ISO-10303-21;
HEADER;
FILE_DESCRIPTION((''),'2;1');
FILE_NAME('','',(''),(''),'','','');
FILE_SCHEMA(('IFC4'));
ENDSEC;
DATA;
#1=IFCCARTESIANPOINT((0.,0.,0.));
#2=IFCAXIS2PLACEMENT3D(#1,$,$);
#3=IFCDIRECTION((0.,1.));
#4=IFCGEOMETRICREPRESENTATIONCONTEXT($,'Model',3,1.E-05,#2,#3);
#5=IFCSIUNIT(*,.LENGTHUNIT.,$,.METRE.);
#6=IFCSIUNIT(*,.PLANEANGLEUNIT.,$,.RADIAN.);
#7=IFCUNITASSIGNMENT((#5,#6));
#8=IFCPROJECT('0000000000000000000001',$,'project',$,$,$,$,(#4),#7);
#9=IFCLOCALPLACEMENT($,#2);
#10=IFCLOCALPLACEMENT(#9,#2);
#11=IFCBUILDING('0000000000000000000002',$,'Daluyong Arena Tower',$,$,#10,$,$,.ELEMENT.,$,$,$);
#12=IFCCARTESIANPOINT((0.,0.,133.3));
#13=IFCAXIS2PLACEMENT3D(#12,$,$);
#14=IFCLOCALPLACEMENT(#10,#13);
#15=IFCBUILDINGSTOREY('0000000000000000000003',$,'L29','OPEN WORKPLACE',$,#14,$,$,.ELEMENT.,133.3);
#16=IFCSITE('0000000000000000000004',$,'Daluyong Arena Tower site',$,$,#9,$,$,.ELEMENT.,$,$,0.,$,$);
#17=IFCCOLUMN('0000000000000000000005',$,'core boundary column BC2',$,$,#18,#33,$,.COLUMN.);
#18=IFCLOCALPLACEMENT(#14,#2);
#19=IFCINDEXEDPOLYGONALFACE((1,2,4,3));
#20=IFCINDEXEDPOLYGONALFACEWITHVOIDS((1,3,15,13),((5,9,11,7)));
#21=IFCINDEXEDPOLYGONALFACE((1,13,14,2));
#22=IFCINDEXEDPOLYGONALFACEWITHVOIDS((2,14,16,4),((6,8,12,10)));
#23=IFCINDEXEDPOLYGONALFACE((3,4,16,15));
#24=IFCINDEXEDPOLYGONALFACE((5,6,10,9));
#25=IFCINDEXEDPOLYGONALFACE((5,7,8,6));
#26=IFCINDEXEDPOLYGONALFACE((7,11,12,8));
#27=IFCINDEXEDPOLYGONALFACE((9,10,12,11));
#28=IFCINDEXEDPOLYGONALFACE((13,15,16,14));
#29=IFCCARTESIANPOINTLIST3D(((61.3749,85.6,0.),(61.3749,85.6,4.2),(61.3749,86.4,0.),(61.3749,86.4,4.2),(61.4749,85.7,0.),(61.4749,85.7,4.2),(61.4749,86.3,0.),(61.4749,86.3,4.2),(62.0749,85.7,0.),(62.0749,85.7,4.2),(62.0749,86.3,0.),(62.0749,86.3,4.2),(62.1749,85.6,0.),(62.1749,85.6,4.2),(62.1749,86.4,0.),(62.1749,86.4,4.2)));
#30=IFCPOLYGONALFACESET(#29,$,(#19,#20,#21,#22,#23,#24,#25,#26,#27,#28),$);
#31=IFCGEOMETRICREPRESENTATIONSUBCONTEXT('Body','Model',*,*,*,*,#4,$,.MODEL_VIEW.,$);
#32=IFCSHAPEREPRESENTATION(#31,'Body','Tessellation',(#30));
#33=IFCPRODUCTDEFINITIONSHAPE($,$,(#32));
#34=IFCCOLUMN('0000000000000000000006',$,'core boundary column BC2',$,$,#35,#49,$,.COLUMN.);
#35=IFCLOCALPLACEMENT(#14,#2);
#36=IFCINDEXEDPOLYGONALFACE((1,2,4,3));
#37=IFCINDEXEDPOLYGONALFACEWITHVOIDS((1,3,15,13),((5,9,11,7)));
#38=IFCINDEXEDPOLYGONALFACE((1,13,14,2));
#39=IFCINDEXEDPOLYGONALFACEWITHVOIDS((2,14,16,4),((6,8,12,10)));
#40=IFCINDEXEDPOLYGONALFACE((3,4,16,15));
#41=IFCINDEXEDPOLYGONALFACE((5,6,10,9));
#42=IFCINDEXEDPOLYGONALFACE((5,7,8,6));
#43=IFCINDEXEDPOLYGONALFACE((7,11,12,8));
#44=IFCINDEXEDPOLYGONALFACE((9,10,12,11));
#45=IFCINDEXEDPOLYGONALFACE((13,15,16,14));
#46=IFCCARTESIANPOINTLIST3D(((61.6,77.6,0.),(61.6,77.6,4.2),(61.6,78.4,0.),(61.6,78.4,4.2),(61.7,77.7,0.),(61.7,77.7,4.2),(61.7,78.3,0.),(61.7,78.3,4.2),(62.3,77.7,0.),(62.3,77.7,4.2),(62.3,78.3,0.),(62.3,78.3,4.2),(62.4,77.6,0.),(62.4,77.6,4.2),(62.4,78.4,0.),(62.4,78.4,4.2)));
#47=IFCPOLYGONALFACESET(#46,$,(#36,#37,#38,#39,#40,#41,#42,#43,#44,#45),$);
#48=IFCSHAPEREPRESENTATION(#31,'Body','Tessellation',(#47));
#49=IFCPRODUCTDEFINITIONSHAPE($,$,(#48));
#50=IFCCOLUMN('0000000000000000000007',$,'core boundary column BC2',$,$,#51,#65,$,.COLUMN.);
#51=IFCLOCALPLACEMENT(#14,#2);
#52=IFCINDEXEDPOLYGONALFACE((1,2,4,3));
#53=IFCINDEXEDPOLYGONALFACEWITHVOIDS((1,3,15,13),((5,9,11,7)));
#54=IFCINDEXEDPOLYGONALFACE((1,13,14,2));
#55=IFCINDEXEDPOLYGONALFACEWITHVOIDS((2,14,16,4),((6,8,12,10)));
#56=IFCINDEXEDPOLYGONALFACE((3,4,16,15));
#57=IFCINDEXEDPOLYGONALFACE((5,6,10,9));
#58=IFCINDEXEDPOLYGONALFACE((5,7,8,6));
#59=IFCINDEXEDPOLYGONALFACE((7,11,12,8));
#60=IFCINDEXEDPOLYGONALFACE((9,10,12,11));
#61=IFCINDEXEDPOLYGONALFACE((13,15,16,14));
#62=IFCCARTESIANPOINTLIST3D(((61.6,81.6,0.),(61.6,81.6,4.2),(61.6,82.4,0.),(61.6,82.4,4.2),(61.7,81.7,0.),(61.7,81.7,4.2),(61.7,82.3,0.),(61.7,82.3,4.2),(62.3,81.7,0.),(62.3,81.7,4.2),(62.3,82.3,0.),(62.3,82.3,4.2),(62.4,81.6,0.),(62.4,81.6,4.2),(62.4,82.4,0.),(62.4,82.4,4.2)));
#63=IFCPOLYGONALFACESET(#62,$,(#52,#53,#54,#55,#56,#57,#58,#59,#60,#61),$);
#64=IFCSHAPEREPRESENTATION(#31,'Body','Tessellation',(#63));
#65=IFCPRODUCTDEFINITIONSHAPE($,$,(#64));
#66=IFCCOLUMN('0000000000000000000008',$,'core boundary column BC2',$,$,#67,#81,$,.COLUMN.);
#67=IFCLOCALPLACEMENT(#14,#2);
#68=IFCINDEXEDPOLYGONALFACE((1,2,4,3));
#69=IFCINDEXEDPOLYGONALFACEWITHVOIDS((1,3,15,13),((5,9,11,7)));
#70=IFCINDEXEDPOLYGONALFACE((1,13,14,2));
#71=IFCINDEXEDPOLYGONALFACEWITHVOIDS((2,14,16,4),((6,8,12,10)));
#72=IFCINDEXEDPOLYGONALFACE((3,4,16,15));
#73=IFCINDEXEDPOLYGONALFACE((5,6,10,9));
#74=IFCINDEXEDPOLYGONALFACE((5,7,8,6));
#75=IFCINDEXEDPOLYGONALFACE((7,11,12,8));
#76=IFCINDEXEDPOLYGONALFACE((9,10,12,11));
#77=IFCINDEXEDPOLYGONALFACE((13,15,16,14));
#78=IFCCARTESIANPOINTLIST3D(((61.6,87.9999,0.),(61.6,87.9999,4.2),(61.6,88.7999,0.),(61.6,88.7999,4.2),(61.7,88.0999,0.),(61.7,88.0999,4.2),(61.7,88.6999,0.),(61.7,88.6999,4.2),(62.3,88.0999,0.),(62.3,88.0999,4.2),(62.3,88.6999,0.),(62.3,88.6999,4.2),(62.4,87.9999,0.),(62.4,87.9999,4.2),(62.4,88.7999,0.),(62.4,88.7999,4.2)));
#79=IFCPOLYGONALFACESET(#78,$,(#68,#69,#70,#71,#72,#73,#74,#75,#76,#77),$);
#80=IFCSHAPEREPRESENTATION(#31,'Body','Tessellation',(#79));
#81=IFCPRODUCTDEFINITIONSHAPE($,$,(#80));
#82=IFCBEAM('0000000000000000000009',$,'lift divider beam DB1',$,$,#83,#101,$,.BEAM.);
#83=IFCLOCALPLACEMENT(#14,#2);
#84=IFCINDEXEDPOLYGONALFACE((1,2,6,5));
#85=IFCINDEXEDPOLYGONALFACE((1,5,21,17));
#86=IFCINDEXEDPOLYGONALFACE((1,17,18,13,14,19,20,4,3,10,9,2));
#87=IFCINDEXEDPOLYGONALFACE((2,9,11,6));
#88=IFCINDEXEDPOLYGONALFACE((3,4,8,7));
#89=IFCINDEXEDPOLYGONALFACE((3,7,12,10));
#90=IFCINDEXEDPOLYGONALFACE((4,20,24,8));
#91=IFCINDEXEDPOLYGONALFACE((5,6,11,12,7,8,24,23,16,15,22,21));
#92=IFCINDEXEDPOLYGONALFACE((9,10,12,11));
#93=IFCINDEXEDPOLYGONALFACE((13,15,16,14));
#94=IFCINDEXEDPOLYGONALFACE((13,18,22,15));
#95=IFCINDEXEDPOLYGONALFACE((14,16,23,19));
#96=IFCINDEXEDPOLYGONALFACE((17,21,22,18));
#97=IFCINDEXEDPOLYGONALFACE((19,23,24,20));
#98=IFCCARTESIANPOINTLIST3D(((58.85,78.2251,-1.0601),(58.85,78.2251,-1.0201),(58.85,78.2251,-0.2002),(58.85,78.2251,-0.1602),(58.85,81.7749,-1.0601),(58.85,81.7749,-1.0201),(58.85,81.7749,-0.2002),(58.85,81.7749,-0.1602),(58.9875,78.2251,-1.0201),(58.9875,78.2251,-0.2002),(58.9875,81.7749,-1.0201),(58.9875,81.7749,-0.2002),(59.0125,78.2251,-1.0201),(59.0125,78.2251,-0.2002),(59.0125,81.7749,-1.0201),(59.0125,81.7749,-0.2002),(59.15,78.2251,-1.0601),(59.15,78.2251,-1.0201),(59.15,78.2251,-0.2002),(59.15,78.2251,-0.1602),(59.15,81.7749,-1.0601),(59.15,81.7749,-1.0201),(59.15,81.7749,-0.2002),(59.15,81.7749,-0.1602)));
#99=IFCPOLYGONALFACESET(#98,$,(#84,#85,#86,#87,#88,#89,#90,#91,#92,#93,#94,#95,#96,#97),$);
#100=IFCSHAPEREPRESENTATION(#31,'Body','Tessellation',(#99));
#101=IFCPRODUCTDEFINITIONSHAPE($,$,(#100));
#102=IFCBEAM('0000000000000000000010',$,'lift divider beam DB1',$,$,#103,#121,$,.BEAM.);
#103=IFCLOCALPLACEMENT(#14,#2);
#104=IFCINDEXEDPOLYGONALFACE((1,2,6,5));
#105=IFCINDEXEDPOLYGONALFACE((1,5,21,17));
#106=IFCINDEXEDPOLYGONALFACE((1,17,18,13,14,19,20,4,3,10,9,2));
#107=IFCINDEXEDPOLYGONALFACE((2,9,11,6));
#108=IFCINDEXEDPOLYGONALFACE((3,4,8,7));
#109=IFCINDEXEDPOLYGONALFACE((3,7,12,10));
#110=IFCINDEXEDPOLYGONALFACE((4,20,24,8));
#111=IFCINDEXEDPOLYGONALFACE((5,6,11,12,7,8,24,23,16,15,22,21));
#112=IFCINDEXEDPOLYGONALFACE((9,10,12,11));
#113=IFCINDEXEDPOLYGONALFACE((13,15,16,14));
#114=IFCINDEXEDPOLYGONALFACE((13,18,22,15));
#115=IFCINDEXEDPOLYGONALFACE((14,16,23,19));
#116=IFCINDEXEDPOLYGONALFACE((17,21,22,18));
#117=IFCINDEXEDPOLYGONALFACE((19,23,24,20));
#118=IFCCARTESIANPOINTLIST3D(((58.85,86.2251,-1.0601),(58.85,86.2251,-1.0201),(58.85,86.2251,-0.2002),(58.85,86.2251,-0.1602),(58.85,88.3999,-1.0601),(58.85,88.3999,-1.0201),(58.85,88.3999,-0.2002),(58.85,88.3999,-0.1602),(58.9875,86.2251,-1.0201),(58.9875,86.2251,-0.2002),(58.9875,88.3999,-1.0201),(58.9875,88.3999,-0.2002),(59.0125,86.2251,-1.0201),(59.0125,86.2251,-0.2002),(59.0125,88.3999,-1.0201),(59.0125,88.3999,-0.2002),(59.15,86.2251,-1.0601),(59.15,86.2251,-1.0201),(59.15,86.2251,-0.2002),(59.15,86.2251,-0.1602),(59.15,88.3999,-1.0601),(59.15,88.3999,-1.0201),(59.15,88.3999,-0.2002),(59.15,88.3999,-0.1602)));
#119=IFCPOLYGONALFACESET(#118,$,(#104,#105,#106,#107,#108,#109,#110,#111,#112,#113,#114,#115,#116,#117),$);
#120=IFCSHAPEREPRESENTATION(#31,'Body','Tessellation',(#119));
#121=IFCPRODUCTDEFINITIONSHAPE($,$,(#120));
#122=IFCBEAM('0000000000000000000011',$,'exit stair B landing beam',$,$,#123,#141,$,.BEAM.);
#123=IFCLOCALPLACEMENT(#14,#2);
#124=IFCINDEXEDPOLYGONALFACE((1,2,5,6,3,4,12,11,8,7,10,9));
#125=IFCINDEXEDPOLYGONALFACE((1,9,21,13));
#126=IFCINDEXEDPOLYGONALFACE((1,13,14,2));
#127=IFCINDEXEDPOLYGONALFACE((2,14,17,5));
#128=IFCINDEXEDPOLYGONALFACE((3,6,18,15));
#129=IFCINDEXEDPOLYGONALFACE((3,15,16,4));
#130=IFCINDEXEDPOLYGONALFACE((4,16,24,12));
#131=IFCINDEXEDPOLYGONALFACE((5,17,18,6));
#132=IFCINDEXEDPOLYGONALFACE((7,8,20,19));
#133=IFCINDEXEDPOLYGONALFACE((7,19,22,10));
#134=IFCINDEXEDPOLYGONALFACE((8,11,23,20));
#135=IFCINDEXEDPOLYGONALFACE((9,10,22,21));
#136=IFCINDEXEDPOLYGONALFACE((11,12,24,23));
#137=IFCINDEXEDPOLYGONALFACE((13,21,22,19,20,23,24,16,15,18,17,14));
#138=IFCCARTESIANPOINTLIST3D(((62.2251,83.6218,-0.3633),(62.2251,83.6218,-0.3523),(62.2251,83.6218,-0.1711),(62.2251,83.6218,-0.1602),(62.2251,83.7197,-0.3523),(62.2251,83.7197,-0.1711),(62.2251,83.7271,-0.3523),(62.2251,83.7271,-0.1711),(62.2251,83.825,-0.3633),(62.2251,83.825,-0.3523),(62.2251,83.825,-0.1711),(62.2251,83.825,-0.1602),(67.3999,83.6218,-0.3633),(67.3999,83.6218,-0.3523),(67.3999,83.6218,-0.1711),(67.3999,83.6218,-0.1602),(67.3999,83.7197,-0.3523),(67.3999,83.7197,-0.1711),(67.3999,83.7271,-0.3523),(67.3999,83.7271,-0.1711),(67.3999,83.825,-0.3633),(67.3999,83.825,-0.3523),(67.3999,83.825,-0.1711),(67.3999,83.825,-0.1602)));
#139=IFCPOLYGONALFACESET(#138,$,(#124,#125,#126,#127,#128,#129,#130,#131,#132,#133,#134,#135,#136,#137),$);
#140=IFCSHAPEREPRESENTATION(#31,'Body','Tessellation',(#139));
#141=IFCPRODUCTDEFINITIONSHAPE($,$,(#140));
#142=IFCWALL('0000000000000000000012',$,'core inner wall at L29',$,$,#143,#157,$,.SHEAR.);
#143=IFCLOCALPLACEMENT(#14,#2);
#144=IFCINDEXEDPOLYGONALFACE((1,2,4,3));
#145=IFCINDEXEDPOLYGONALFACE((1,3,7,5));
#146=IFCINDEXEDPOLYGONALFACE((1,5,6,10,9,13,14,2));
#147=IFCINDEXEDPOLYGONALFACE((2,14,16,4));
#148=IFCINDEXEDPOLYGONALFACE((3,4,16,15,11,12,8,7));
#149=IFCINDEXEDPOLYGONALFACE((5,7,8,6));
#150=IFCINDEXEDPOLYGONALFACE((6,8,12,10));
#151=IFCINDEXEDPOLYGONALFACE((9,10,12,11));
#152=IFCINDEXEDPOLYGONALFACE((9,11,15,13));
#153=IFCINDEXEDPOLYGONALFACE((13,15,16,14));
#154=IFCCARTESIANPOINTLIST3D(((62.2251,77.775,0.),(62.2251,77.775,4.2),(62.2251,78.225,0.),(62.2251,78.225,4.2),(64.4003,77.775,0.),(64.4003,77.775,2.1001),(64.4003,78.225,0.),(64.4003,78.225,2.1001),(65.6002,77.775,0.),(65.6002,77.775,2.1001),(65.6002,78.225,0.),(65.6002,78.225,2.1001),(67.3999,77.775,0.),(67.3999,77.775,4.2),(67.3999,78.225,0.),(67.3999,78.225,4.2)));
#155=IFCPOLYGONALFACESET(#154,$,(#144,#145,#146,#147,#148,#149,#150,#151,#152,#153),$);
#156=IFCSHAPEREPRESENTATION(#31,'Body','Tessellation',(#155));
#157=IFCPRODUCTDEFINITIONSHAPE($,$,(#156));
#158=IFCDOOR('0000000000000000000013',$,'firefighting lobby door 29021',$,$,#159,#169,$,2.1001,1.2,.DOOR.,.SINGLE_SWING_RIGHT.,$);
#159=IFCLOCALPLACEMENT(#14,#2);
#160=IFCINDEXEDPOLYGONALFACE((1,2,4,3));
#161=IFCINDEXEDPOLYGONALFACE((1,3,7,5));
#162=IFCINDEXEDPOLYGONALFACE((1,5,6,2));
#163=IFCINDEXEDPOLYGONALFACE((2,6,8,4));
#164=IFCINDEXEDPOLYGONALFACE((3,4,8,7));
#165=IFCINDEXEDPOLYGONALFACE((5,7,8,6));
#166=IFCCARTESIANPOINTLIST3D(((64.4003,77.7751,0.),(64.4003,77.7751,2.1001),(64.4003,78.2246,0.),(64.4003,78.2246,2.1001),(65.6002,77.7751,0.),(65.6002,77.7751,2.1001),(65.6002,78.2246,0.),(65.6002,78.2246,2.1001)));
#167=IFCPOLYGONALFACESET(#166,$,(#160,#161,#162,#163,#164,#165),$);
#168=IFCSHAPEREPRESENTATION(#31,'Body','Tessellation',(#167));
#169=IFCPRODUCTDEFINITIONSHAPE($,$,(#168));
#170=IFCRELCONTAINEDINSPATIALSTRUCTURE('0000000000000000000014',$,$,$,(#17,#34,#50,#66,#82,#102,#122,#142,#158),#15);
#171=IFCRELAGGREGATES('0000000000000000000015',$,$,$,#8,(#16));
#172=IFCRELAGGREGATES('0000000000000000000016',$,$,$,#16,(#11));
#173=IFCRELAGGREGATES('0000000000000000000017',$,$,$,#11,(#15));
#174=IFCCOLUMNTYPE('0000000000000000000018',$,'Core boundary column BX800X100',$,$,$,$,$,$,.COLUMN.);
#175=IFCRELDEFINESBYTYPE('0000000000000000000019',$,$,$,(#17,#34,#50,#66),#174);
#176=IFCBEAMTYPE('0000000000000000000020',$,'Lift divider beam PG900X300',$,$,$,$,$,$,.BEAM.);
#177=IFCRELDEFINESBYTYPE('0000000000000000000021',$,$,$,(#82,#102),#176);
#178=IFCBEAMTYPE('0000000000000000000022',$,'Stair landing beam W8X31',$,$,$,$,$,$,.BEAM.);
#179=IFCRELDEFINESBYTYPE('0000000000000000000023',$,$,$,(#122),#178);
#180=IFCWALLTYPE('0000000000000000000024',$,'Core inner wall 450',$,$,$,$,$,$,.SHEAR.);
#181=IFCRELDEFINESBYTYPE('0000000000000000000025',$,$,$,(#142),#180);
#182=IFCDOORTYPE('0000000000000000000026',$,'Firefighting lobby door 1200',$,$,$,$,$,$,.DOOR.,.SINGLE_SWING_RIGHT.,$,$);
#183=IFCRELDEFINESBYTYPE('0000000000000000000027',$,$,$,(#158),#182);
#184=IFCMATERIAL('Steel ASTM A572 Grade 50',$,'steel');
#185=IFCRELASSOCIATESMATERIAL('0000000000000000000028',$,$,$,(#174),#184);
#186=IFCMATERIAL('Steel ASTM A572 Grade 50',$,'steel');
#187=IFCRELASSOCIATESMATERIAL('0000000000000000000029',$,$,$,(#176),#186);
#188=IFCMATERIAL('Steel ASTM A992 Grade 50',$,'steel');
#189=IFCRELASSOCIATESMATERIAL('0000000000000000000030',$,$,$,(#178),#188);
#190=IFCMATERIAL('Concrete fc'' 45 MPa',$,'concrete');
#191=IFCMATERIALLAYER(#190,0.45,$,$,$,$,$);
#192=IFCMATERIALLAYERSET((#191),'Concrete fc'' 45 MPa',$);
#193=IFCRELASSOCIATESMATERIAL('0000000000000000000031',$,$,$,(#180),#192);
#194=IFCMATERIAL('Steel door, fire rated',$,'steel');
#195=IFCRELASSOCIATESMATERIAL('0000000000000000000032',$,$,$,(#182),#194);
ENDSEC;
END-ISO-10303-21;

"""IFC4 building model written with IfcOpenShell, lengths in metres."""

from ifc_helpers import new_model, si_unit, direction, frame, frame_2d, origin, origin_2d, place, context, subcontext, project, spatial, rectangle, hollow_rectangle, i_section, extrude, material, layer, layer_set, material_profile, profile_set, type_object, element, fill, save


model = new_model("IFC4")

# Units and contexts
model_context = context("Model", 3, precision=1e-05, world=origin(), true_north=direction((0.0, 1.0)))
body_context = subcontext(model_context, "Body", "Model", "MODEL_VIEW")
ifc_project = project(units=[si_unit("LENGTHUNIT", "METRE"), si_unit("PLANEANGLEUNIT", "RADIAN")], contexts=[model_context])

# Site, building, storey
site_placement = place(None, origin())
site = spatial("IfcSite", under=ifc_project, at=site_placement, Name="Daluyong Arena Tower site", CompositionType="ELEMENT", RefElevation=0.0)
building_placement = place(site_placement, origin())
building = spatial("IfcBuilding", under=site, at=building_placement, Name="Daluyong Arena Tower", CompositionType="ELEMENT")
storey_placement = place(building_placement, frame((0.0, 0.0, 133.3)))
storey = spatial("IfcBuildingStorey", under=building, at=storey_placement, Name="L29", Description="OPEN WORKPLACE", CompositionType="ELEMENT", Elevation=133.3)

# Columns
ifc_material_1 = material(Name="Steel ASTM A572 Grade 50", Category="steel")
ifc_material_profile_1 = material_profile(ifc_material_1, hollow_rectangle(XDim=0.8, YDim=0.8, WallThickness=0.1, at=origin_2d()))
ifc_profile_set_1 = profile_set([ifc_material_profile_1], Name="Steel ASTM A572 Grade 50")
column_type = type_object("IfcColumnType", Name="Core boundary column BX800X100", PredefinedType="COLUMN", material=ifc_profile_set_1)
for number, where, z_axis, x_axis, name in (
    (1, (61.7749, 86.0, 0.0), (0.0, 0.0, 1.0), (1.0, 0.0, 0.0), "core boundary column BC2"),
    (2, (62.0, 78.0, 0.0), (0.0, 0.0, 1.0), (1.0, 0.0, 0.0), "core boundary column BC2"),
    (3, (62.0, 82.0, 0.0), (0.0, 0.0, 1.0), (1.0, 0.0, 0.0), "core boundary column BC2"),
    (4, (62.0, 88.3999, 0.0), (0.0, 0.0, 1.0), (1.0, 0.0, 0.0), "core boundary column BC2"),
):
    element("IfcColumn", number, at=place(storey_placement, frame(where, z_axis=z_axis, x_axis=x_axis)), inside=storey, type_object=column_type, Name=name, PredefinedType="COLUMN", context=body_context, shape_type="SweptSolid", body=[
        extrude(hollow_rectangle(XDim=0.8, YDim=0.8, WallThickness=0.1, at=origin_2d()), origin(), (0.0, 0.0, 1.0), 4.2),
    ])

# Beams
ifc_material_2 = material(Name="Steel ASTM A572 Grade 50", Category="steel")
ifc_material_profile_2 = material_profile(ifc_material_2, i_section(OverallWidth=0.3, OverallDepth=0.8999, WebThickness=0.025, FlangeThickness=0.04, at=origin_2d()))
ifc_profile_set_2 = profile_set([ifc_material_profile_2], Name="Steel ASTM A572 Grade 50")
beam_type_1 = type_object("IfcBeamType", Name="Lift divider beam PG900X300", PredefinedType="BEAM", material=ifc_profile_set_2)
beam_1_placement = place(storey_placement, frame((59.0, 78.2251, -0.6101), z_axis=(0.0, 1.0, 0.0), x_axis=(-1.0, 0.0, 0.0)))
element("IfcBeam", 5, at=beam_1_placement, inside=storey, type_object=beam_type_1, Name="lift divider beam DB1", PredefinedType="BEAM", context=body_context, shape_type="SweptSolid", body=[
    extrude(i_section(OverallWidth=0.3, OverallDepth=0.8999, WebThickness=0.025, FlangeThickness=0.04, at=origin_2d()), origin(), (0.0, 0.0, 1.0), 3.5498),
])
beam_2_placement = place(storey_placement, frame((59.0, 86.2251, -0.6101), z_axis=(0.0, 1.0, 0.0), x_axis=(-1.0, 0.0, 0.0)))
element("IfcBeam", 6, at=beam_2_placement, inside=storey, type_object=beam_type_1, Name="lift divider beam DB1", PredefinedType="BEAM", context=body_context, shape_type="SweptSolid", body=[
    extrude(i_section(OverallWidth=0.3, OverallDepth=0.8999, WebThickness=0.025, FlangeThickness=0.04, at=origin_2d()), origin(), (0.0, 0.0, 1.0), 2.1748),
])
ifc_material_3 = material(Name="Steel ASTM A992 Grade 50", Category="steel")
ifc_material_profile_3 = material_profile(ifc_material_3, i_section(OverallWidth=0.2031, OverallDepth=0.2031, WebThickness=0.0073, FlangeThickness=0.011, at=origin_2d()))
ifc_profile_set_3 = profile_set([ifc_material_profile_3], Name="Steel ASTM A992 Grade 50")
beam_type_2 = type_object("IfcBeamType", Name="Stair landing beam W8X31", PredefinedType="BEAM", material=ifc_profile_set_3)
beam_3_placement = place(storey_placement, frame((62.2251, 83.7234, -0.2617), z_axis=(1.0, 0.0, 0.0), x_axis=(0.0, 1.0, 0.0)))
element("IfcBeam", 7, at=beam_3_placement, inside=storey, type_object=beam_type_2, Name="exit stair B landing beam", PredefinedType="BEAM", context=body_context, shape_type="SweptSolid", body=[
    extrude(i_section(OverallWidth=0.2031, OverallDepth=0.2031, WebThickness=0.0073, FlangeThickness=0.011, at=origin_2d()), origin(), (0.0, 0.0, 1.0), 5.1748),
])

# Wall, opening, door
ifc_material_4 = material(Name="Concrete fc' 45 MPa", Category="concrete")
ifc_layer_1 = layer(ifc_material_4, 0.45)
ifc_layer_set_1 = layer_set([ifc_layer_1], Name="Concrete fc' 45 MPa")
wall_type_1 = type_object("IfcWallType", Name="Core inner wall 450", PredefinedType="SHEAR", material=ifc_layer_set_1)
wall_1_placement = place(storey_placement, frame((62.2251, 78.0, 0.0), z_axis=(0.0, 0.0, 1.0), x_axis=(1.0, 0.0, 0.0)))
wall_1 = element("IfcWall", 8, at=wall_1_placement, inside=storey, type_object=wall_type_1, Name="core inner wall at L29", PredefinedType="SHEAR", context=body_context, shape_type="SweptSolid", body=[
    extrude(rectangle(XDim=5.1748, YDim=0.45, at=frame_2d((2.5874, 0.0))), origin(), (0.0, 0.0, 1.0), 4.2),
])
opening_1_placement = place(wall_1_placement, frame((2.175, 0.0, 0.0)))
opening_1 = element("IfcOpeningElement", 9, at=opening_1_placement, cuts=wall_1, PredefinedType="OPENING", context=body_context, shape_type="SweptSolid", body=[
    extrude(rectangle(XDim=1.2, YDim=2.1001, at=frame_2d((0.6001, 1.05))), frame((0.0, 0.2349, 0.0), z_axis=(0.0, -1.0, 0.0), x_axis=(1.0, 0.0, 0.0)), (0.0, 0.0, 1.0), 0.47),
])
ifc_material_5 = material(Name="Steel door, fire rated", Category="steel")
door_type_1 = type_object("IfcDoorType", Name="Firefighting lobby door 1200", OperationType="SINGLE_SWING_RIGHT", PredefinedType="DOOR", material=ifc_material_5)
door_1_placement = place(opening_1_placement, origin())
door_1 = element("IfcDoor", 10, at=door_1_placement, inside=storey, type_object=door_type_1, Name="firefighting lobby door 29021", OperationType="SINGLE_SWING_RIGHT", OverallHeight=2.1001, OverallWidth=1.2, PredefinedType="DOOR", context=body_context, shape_type="SweptSolid", body=[
    extrude(rectangle(XDim=1.2, YDim=2.1001, at=frame_2d((0.6001, 1.05))), frame((0.0, 0.2246, 0.0), z_axis=(0.0, -1.0, 0.0), x_axis=(1.0, 0.0, 0.0)), (0.0, 0.0, 1.0), 0.4495),
])
fill(opening_1, door_1)

save(model, "model.ifc")
